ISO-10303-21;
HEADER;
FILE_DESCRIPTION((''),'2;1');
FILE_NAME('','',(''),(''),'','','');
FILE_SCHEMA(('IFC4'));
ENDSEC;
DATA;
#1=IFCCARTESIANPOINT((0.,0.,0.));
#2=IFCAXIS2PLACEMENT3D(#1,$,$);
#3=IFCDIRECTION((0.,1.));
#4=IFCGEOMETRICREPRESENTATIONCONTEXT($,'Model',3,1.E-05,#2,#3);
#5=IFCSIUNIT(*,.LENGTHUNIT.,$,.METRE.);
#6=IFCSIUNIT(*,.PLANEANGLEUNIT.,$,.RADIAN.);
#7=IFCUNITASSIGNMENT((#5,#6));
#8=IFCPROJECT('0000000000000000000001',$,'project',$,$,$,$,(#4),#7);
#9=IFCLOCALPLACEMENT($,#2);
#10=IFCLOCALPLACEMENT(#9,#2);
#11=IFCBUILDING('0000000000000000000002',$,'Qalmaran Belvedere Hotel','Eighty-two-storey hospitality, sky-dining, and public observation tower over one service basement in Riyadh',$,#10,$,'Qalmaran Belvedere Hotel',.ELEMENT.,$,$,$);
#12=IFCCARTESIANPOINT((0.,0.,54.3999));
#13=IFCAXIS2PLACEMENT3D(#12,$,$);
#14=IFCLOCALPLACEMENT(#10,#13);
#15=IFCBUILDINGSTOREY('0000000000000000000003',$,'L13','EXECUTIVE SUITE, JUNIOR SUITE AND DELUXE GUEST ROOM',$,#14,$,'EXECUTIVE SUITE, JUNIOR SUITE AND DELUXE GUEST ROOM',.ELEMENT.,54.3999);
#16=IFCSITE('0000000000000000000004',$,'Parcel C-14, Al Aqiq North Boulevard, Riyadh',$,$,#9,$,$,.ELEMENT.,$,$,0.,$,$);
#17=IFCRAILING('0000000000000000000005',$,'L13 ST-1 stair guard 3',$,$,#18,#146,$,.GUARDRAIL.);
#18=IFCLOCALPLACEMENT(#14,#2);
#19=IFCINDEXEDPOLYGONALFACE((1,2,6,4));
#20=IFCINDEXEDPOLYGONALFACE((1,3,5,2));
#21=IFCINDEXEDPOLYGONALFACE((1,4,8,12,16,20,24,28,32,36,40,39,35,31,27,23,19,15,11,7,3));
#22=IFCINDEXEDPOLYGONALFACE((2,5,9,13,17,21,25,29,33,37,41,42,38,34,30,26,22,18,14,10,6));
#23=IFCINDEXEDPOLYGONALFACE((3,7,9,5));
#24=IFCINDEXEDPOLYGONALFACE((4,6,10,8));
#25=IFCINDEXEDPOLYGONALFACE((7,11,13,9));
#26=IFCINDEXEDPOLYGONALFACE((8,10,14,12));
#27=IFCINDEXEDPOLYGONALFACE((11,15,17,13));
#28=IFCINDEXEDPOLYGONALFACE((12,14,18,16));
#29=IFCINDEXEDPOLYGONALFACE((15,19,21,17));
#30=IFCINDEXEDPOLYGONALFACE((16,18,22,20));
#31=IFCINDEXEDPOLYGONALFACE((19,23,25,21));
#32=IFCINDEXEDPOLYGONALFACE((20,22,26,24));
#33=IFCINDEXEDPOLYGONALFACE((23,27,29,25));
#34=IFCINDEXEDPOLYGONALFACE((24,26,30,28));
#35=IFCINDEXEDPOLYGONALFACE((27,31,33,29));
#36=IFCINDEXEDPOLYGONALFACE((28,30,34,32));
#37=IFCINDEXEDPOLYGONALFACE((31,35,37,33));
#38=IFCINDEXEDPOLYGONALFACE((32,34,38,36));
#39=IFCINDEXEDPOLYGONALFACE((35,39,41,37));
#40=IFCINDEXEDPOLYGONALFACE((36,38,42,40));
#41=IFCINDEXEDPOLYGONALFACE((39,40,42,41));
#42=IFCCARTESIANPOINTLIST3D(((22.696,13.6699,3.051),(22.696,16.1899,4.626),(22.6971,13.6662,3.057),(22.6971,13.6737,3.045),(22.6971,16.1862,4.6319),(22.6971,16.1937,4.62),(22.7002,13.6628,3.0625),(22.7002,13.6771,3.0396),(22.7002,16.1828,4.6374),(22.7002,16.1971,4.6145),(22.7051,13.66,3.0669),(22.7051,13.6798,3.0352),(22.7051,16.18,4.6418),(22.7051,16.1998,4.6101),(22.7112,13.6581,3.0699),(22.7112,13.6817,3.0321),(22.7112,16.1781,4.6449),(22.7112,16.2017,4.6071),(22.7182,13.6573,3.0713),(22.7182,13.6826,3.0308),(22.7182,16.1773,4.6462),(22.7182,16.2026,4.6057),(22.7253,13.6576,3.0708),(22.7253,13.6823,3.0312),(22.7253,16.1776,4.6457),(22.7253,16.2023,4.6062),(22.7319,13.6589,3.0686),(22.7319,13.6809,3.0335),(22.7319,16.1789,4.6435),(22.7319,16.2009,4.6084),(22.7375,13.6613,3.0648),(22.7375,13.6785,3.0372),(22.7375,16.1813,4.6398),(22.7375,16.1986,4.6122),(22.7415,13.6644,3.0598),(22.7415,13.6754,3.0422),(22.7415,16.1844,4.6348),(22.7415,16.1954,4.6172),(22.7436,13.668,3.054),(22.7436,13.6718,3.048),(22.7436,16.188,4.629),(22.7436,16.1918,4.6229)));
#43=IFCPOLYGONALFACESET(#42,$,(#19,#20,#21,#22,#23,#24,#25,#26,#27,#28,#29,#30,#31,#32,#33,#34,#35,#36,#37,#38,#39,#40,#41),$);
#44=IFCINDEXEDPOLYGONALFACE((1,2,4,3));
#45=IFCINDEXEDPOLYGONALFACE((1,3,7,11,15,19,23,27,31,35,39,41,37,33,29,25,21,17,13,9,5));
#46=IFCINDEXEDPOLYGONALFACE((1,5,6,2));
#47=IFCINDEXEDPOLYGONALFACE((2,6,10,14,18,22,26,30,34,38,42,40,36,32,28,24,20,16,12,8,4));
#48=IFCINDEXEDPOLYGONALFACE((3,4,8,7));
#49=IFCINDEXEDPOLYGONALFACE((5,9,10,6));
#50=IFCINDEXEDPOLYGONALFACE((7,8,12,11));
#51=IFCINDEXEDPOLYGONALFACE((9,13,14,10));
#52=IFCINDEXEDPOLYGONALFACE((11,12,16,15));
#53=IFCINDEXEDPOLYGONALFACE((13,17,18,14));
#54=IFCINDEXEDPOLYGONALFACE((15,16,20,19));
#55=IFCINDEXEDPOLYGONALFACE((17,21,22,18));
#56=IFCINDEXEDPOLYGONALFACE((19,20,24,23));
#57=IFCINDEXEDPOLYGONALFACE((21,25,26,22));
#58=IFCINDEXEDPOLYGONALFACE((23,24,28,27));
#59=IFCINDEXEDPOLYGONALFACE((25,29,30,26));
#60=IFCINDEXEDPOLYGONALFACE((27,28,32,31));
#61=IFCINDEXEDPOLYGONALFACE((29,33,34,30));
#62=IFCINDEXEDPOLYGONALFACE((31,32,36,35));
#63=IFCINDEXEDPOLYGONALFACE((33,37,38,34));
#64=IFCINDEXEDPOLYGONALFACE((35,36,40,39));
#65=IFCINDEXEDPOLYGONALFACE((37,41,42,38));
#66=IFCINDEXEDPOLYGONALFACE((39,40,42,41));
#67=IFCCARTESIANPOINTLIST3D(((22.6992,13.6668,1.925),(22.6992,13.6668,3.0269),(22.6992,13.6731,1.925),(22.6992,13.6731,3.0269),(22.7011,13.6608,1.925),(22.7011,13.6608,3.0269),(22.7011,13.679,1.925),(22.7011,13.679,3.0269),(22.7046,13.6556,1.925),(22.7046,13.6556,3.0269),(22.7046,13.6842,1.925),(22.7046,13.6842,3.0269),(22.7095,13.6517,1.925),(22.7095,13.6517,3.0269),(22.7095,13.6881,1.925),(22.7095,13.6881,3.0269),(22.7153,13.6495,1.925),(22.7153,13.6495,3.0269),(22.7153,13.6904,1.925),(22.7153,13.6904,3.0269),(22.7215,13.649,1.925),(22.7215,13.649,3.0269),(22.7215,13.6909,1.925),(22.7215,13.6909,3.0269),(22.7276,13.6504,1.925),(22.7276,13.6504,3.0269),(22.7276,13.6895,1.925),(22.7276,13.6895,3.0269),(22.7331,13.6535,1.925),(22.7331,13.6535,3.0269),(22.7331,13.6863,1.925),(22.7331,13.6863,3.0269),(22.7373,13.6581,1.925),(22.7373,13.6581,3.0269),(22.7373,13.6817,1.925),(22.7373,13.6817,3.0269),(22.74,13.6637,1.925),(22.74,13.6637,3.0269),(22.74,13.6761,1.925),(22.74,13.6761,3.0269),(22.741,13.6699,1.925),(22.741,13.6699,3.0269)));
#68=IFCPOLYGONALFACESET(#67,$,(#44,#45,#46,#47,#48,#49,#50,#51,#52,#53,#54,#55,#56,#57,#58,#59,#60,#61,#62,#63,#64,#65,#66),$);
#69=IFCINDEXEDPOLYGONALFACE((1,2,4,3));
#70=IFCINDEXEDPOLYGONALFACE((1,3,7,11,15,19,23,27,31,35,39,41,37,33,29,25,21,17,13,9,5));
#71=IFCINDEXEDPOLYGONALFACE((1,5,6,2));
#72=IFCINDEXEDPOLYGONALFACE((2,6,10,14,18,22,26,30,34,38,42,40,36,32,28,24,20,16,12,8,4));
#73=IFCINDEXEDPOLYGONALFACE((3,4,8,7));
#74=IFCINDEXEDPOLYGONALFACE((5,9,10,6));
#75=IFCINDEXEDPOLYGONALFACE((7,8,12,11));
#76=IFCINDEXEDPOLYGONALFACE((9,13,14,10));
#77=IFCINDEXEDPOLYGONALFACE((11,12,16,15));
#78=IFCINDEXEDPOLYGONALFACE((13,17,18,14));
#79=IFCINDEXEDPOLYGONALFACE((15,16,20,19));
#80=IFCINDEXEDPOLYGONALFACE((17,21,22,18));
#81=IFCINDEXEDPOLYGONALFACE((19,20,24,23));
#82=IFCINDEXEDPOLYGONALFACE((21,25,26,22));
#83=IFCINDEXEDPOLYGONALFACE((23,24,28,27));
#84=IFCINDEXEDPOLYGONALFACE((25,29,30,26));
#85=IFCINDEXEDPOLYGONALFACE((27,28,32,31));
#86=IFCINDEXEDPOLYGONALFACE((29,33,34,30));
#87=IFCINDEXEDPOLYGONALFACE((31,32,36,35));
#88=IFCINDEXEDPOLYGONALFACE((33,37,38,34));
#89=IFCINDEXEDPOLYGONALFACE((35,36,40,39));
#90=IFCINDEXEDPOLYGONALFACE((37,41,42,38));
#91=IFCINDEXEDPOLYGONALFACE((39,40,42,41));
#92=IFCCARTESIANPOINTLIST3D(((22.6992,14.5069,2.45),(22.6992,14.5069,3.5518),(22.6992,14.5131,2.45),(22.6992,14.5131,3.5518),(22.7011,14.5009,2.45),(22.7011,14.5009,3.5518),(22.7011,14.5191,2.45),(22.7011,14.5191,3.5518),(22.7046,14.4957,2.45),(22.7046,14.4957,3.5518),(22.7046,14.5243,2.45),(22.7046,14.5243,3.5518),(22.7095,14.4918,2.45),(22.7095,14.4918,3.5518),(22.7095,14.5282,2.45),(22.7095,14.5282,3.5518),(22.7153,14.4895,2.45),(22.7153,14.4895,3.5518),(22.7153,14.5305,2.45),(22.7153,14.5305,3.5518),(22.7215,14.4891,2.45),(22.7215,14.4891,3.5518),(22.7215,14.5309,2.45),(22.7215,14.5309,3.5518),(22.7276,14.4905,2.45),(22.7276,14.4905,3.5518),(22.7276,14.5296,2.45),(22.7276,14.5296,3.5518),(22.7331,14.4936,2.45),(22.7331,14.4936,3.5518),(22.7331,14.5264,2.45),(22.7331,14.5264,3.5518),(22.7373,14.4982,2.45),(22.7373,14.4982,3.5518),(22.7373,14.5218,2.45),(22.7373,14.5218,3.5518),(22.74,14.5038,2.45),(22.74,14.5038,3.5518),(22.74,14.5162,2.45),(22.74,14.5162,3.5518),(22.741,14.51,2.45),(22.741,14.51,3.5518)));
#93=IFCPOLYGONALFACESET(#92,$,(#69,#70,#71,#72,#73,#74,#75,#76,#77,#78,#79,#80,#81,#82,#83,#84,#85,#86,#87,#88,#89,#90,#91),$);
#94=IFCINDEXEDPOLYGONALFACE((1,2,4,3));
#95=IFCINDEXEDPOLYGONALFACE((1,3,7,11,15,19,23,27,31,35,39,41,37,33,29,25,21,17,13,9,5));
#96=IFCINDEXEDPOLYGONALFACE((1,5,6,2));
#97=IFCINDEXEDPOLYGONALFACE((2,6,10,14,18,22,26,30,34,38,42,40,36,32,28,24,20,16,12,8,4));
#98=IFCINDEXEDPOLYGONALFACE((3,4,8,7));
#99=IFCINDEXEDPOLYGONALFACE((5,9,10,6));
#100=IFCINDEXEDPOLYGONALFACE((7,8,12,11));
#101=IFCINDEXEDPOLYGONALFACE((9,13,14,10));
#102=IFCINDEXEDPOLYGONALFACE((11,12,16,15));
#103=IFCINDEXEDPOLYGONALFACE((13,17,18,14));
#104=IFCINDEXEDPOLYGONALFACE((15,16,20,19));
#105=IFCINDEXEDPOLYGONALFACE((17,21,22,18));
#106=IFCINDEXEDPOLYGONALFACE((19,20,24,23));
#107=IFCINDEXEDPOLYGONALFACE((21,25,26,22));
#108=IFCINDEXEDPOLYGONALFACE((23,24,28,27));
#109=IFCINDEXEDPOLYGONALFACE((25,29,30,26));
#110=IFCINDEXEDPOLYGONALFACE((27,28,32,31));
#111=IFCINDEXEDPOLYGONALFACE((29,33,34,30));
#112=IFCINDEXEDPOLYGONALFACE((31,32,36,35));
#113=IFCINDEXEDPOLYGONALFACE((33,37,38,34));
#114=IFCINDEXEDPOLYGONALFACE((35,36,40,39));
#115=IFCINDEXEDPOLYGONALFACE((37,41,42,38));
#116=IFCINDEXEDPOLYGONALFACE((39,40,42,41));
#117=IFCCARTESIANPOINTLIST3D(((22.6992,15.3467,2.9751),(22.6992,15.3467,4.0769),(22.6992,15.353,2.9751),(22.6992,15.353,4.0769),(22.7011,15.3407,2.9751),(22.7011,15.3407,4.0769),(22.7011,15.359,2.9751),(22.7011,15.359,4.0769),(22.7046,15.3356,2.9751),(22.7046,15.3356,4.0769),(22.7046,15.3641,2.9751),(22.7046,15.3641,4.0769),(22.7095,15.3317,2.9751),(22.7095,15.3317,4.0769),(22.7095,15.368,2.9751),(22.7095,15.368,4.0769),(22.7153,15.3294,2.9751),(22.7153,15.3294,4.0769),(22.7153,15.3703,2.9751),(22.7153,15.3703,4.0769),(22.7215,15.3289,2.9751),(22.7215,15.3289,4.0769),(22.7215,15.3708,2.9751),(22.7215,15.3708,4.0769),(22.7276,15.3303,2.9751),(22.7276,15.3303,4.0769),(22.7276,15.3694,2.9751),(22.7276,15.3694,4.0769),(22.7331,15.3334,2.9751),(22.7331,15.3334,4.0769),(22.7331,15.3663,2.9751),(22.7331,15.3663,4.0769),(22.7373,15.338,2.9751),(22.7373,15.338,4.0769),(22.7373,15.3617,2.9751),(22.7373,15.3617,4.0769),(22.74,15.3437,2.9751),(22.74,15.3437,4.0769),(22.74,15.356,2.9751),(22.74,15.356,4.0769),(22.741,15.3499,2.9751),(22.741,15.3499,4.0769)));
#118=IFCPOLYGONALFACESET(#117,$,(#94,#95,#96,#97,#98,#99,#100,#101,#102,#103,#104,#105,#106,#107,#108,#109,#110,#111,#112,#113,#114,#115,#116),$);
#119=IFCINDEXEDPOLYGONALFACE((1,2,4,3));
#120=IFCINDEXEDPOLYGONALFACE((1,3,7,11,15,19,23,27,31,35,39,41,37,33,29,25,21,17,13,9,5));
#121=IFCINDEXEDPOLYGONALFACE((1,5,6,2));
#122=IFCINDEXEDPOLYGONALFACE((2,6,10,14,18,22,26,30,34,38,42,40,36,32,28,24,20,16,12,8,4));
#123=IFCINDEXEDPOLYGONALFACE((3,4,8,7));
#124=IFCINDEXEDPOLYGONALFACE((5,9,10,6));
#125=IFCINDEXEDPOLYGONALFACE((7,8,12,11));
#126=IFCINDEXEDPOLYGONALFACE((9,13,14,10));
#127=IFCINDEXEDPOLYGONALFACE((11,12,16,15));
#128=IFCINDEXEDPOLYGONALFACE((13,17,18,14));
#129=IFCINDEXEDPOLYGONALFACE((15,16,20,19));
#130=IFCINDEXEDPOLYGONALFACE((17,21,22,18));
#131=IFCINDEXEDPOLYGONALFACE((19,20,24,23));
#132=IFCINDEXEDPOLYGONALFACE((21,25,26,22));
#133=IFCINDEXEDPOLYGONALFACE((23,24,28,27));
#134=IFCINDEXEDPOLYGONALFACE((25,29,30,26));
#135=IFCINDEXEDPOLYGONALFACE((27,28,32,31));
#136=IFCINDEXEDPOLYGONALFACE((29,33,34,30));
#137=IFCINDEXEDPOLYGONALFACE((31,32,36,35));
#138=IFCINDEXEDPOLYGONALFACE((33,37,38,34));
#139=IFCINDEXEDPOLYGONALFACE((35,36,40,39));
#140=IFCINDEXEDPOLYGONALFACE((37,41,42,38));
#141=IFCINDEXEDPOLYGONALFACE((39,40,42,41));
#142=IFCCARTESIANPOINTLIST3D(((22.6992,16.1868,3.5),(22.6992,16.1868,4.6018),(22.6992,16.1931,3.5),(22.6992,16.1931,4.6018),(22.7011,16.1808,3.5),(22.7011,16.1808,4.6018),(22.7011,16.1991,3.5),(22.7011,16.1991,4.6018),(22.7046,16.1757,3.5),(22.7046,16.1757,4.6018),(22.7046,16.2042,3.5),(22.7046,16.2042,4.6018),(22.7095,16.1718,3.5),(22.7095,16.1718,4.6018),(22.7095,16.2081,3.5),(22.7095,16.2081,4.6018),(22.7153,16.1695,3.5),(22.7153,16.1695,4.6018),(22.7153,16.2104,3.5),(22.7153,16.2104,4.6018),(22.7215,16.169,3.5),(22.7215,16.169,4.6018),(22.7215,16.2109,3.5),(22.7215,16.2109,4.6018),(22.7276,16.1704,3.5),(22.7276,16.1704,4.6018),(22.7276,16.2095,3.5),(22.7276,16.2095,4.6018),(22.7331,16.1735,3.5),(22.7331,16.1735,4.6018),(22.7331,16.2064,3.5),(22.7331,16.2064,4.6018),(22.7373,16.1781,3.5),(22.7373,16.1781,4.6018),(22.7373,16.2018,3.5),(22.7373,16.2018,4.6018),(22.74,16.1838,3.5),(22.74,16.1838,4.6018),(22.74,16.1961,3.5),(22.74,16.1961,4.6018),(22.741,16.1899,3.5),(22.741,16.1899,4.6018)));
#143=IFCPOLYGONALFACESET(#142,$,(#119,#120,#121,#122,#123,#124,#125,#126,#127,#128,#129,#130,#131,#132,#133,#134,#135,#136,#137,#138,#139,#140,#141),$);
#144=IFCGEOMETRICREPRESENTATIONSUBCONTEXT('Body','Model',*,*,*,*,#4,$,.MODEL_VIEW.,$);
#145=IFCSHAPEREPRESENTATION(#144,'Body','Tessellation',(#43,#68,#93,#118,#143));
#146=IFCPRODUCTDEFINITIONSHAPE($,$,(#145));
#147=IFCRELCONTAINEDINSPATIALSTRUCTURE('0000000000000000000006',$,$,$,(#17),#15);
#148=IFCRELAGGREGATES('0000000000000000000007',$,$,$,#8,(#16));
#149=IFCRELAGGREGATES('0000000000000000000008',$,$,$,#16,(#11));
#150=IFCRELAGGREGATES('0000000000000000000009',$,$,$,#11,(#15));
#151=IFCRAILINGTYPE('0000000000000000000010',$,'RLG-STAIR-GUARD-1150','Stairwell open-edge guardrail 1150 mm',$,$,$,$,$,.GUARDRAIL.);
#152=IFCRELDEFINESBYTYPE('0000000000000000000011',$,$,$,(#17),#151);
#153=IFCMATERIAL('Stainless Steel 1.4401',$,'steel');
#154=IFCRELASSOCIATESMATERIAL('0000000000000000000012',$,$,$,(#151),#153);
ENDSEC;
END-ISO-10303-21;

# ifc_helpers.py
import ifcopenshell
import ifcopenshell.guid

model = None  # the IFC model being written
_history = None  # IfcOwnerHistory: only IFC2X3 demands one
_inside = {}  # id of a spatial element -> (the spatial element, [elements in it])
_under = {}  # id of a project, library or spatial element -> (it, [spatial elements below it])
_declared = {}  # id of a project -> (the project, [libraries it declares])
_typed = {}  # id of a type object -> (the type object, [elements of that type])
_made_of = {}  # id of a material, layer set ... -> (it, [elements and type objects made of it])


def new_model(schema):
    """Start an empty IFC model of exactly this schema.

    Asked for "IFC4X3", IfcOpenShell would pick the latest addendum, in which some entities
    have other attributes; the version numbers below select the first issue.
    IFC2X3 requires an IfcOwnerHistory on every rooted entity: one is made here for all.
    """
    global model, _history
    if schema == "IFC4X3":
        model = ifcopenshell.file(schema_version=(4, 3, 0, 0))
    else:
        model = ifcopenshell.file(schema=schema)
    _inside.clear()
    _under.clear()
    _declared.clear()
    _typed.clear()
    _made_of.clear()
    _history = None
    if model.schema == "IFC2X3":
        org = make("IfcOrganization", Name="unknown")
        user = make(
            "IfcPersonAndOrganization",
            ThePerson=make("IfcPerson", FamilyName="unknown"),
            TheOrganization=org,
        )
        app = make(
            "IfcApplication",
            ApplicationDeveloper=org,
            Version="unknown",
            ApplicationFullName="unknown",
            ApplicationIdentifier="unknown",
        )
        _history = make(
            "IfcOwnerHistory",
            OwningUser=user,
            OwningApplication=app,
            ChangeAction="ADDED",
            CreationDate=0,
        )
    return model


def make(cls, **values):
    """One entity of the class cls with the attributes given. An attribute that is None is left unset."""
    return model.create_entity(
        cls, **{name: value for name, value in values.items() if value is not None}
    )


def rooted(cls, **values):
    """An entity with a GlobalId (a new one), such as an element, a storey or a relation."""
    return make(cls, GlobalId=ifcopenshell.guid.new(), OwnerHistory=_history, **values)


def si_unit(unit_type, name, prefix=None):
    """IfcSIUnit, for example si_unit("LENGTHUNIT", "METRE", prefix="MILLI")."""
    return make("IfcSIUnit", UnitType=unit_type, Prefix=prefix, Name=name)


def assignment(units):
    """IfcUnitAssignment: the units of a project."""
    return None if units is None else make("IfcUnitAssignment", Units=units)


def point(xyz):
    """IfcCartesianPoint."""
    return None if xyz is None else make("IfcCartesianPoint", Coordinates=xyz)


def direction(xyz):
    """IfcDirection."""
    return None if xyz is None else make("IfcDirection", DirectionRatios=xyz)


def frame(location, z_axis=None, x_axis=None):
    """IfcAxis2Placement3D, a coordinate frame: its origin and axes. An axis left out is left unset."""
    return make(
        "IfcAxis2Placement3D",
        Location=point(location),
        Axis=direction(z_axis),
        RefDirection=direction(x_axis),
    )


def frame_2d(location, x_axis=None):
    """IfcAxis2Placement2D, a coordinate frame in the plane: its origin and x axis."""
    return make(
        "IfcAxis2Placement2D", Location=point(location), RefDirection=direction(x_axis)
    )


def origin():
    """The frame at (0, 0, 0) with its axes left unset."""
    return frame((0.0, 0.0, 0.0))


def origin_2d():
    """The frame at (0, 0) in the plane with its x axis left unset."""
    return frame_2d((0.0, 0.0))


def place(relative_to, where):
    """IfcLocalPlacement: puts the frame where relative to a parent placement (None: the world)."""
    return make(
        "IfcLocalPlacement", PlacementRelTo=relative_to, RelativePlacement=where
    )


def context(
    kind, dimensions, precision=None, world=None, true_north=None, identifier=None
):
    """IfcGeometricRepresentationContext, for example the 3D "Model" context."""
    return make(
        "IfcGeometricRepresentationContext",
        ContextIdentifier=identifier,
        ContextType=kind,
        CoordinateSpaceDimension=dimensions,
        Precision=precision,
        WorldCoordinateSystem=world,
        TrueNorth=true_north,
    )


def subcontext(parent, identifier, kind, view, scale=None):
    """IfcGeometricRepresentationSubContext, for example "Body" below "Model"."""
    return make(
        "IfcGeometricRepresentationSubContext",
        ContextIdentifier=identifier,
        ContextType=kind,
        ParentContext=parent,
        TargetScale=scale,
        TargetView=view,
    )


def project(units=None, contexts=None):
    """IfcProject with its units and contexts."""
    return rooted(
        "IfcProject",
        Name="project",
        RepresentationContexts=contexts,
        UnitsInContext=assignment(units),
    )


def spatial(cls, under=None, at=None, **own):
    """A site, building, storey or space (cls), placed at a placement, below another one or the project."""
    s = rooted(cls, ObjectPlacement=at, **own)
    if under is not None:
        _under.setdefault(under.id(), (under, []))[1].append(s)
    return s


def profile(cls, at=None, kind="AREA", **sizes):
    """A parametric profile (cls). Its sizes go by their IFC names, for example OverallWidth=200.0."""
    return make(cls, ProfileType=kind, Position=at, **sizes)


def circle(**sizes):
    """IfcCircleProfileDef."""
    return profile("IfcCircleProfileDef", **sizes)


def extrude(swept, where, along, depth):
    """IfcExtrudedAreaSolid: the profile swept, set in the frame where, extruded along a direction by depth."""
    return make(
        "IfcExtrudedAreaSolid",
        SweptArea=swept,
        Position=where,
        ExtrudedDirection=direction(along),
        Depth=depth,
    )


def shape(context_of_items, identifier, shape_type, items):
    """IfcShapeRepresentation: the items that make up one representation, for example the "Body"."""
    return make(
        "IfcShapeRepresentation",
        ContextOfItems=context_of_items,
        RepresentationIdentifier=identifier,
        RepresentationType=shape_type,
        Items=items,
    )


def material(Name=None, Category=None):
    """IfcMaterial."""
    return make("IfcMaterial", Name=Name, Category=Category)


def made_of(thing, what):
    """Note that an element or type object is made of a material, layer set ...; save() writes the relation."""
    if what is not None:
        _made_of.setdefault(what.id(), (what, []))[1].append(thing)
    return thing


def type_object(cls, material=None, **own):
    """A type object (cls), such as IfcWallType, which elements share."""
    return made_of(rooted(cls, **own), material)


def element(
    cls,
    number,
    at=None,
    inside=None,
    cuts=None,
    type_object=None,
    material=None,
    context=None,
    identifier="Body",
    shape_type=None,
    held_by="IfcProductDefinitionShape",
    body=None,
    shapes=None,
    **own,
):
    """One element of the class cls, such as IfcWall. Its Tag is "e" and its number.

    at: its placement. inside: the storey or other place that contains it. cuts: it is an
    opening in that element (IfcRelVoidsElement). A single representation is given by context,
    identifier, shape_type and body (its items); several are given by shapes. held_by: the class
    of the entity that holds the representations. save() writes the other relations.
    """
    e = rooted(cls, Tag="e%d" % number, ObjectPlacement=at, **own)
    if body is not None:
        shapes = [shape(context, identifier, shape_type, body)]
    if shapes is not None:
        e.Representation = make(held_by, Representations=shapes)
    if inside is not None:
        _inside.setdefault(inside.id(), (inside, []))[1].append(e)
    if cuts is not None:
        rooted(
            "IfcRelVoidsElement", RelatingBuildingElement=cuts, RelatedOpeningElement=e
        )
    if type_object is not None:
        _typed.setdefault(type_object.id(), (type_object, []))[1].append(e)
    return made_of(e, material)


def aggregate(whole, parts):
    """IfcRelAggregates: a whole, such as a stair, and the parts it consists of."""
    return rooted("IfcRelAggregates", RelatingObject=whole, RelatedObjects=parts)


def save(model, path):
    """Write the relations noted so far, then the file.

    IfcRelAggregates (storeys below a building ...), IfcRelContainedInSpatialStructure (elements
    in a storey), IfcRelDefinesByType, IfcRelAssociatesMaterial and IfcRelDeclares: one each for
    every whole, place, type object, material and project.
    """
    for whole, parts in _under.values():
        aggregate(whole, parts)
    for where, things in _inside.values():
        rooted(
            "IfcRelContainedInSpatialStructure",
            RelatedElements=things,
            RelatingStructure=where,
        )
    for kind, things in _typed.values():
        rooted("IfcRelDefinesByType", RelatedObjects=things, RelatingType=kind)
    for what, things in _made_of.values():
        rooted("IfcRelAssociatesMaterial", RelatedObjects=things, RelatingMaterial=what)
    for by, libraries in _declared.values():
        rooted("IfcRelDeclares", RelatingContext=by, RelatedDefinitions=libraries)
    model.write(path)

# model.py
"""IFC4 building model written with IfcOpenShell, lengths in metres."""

from ifc_helpers import new_model, si_unit, direction, frame, origin, origin_2d, place, context, subcontext, project, spatial, circle, extrude, material, type_object, element, save


model = new_model("IFC4")

# Units and contexts
model_context = context("Model", 3, precision=1e-05, world=origin(), true_north=direction((0.0, 1.0)))
body_context = subcontext(model_context, "Body", "Model", "MODEL_VIEW")
ifc_project = project(units=[si_unit("LENGTHUNIT", "METRE"), si_unit("PLANEANGLEUNIT", "RADIAN")], contexts=[model_context])

# Site, building, storey
site_placement = place(None, origin())
site = spatial("IfcSite", under=ifc_project, at=site_placement, Name="Parcel C-14, Al Aqiq North Boulevard, Riyadh", CompositionType="ELEMENT", RefElevation=0.0)
building_placement = place(site_placement, origin())
building = spatial("IfcBuilding", under=site, at=building_placement, Name="Qalmaran Belvedere Hotel", Description="Eighty-two-storey hospitality, sky-dining, and public observation tower over one service basement in Riyadh", LongName="Qalmaran Belvedere Hotel", CompositionType="ELEMENT")
storey_placement = place(building_placement, frame((0.0, 0.0, 54.3999)))
storey = spatial("IfcBuildingStorey", under=building, at=storey_placement, Name="L13", Description="EXECUTIVE SUITE, JUNIOR SUITE AND DELUXE GUEST ROOM", LongName="EXECUTIVE SUITE, JUNIOR SUITE AND DELUXE GUEST ROOM", CompositionType="ELEMENT", Elevation=54.3999)

# Shared definitions
ifc_material_1 = material(Name="Stainless Steel 1.4401", Category="steel")

# Railing
railing_type_1 = type_object("IfcRailingType", Name="RLG-STAIR-GUARD-1150", Description="Stairwell open-edge guardrail 1150 mm", PredefinedType="GUARDRAIL", material=ifc_material_1)
railing_1_placement = place(storey_placement, frame((22.72, 13.6699, 1.925)))
element("IfcRailing", 1, at=railing_1_placement, inside=storey, type_object=railing_type_1, Name="L13 ST-1 stair guard 3", PredefinedType="GUARDRAIL", context=body_context, shape_type="SweptSolid", body=[
    extrude(circle(Radius=0.0239, at=origin_2d()), frame((0.0, 0.0, 1.126), z_axis=(0.0, 0.848008, 0.529984), x_axis=(-1.0, 0.0, 0.0)), (0.0, 0.0, 1.0), 2.9717),
    extrude(circle(Radius=0.021, at=origin_2d()), origin(), (0.0, 0.0, 1.0), 1.1018),
    extrude(circle(Radius=0.021, at=origin_2d()), frame((0.0, 0.8401, 0.5249)), (0.0, 0.0, 1.0), 1.1018),
    extrude(circle(Radius=0.021, at=origin_2d()), frame((0.0, 1.6799, 1.05)), (0.0, 0.0, 1.0), 1.1018),
    extrude(circle(Radius=0.021, at=origin_2d()), frame((0.0, 2.52, 1.575)), (0.0, 0.0, 1.0), 1.1018),
])

save(model, "model.ifc")
